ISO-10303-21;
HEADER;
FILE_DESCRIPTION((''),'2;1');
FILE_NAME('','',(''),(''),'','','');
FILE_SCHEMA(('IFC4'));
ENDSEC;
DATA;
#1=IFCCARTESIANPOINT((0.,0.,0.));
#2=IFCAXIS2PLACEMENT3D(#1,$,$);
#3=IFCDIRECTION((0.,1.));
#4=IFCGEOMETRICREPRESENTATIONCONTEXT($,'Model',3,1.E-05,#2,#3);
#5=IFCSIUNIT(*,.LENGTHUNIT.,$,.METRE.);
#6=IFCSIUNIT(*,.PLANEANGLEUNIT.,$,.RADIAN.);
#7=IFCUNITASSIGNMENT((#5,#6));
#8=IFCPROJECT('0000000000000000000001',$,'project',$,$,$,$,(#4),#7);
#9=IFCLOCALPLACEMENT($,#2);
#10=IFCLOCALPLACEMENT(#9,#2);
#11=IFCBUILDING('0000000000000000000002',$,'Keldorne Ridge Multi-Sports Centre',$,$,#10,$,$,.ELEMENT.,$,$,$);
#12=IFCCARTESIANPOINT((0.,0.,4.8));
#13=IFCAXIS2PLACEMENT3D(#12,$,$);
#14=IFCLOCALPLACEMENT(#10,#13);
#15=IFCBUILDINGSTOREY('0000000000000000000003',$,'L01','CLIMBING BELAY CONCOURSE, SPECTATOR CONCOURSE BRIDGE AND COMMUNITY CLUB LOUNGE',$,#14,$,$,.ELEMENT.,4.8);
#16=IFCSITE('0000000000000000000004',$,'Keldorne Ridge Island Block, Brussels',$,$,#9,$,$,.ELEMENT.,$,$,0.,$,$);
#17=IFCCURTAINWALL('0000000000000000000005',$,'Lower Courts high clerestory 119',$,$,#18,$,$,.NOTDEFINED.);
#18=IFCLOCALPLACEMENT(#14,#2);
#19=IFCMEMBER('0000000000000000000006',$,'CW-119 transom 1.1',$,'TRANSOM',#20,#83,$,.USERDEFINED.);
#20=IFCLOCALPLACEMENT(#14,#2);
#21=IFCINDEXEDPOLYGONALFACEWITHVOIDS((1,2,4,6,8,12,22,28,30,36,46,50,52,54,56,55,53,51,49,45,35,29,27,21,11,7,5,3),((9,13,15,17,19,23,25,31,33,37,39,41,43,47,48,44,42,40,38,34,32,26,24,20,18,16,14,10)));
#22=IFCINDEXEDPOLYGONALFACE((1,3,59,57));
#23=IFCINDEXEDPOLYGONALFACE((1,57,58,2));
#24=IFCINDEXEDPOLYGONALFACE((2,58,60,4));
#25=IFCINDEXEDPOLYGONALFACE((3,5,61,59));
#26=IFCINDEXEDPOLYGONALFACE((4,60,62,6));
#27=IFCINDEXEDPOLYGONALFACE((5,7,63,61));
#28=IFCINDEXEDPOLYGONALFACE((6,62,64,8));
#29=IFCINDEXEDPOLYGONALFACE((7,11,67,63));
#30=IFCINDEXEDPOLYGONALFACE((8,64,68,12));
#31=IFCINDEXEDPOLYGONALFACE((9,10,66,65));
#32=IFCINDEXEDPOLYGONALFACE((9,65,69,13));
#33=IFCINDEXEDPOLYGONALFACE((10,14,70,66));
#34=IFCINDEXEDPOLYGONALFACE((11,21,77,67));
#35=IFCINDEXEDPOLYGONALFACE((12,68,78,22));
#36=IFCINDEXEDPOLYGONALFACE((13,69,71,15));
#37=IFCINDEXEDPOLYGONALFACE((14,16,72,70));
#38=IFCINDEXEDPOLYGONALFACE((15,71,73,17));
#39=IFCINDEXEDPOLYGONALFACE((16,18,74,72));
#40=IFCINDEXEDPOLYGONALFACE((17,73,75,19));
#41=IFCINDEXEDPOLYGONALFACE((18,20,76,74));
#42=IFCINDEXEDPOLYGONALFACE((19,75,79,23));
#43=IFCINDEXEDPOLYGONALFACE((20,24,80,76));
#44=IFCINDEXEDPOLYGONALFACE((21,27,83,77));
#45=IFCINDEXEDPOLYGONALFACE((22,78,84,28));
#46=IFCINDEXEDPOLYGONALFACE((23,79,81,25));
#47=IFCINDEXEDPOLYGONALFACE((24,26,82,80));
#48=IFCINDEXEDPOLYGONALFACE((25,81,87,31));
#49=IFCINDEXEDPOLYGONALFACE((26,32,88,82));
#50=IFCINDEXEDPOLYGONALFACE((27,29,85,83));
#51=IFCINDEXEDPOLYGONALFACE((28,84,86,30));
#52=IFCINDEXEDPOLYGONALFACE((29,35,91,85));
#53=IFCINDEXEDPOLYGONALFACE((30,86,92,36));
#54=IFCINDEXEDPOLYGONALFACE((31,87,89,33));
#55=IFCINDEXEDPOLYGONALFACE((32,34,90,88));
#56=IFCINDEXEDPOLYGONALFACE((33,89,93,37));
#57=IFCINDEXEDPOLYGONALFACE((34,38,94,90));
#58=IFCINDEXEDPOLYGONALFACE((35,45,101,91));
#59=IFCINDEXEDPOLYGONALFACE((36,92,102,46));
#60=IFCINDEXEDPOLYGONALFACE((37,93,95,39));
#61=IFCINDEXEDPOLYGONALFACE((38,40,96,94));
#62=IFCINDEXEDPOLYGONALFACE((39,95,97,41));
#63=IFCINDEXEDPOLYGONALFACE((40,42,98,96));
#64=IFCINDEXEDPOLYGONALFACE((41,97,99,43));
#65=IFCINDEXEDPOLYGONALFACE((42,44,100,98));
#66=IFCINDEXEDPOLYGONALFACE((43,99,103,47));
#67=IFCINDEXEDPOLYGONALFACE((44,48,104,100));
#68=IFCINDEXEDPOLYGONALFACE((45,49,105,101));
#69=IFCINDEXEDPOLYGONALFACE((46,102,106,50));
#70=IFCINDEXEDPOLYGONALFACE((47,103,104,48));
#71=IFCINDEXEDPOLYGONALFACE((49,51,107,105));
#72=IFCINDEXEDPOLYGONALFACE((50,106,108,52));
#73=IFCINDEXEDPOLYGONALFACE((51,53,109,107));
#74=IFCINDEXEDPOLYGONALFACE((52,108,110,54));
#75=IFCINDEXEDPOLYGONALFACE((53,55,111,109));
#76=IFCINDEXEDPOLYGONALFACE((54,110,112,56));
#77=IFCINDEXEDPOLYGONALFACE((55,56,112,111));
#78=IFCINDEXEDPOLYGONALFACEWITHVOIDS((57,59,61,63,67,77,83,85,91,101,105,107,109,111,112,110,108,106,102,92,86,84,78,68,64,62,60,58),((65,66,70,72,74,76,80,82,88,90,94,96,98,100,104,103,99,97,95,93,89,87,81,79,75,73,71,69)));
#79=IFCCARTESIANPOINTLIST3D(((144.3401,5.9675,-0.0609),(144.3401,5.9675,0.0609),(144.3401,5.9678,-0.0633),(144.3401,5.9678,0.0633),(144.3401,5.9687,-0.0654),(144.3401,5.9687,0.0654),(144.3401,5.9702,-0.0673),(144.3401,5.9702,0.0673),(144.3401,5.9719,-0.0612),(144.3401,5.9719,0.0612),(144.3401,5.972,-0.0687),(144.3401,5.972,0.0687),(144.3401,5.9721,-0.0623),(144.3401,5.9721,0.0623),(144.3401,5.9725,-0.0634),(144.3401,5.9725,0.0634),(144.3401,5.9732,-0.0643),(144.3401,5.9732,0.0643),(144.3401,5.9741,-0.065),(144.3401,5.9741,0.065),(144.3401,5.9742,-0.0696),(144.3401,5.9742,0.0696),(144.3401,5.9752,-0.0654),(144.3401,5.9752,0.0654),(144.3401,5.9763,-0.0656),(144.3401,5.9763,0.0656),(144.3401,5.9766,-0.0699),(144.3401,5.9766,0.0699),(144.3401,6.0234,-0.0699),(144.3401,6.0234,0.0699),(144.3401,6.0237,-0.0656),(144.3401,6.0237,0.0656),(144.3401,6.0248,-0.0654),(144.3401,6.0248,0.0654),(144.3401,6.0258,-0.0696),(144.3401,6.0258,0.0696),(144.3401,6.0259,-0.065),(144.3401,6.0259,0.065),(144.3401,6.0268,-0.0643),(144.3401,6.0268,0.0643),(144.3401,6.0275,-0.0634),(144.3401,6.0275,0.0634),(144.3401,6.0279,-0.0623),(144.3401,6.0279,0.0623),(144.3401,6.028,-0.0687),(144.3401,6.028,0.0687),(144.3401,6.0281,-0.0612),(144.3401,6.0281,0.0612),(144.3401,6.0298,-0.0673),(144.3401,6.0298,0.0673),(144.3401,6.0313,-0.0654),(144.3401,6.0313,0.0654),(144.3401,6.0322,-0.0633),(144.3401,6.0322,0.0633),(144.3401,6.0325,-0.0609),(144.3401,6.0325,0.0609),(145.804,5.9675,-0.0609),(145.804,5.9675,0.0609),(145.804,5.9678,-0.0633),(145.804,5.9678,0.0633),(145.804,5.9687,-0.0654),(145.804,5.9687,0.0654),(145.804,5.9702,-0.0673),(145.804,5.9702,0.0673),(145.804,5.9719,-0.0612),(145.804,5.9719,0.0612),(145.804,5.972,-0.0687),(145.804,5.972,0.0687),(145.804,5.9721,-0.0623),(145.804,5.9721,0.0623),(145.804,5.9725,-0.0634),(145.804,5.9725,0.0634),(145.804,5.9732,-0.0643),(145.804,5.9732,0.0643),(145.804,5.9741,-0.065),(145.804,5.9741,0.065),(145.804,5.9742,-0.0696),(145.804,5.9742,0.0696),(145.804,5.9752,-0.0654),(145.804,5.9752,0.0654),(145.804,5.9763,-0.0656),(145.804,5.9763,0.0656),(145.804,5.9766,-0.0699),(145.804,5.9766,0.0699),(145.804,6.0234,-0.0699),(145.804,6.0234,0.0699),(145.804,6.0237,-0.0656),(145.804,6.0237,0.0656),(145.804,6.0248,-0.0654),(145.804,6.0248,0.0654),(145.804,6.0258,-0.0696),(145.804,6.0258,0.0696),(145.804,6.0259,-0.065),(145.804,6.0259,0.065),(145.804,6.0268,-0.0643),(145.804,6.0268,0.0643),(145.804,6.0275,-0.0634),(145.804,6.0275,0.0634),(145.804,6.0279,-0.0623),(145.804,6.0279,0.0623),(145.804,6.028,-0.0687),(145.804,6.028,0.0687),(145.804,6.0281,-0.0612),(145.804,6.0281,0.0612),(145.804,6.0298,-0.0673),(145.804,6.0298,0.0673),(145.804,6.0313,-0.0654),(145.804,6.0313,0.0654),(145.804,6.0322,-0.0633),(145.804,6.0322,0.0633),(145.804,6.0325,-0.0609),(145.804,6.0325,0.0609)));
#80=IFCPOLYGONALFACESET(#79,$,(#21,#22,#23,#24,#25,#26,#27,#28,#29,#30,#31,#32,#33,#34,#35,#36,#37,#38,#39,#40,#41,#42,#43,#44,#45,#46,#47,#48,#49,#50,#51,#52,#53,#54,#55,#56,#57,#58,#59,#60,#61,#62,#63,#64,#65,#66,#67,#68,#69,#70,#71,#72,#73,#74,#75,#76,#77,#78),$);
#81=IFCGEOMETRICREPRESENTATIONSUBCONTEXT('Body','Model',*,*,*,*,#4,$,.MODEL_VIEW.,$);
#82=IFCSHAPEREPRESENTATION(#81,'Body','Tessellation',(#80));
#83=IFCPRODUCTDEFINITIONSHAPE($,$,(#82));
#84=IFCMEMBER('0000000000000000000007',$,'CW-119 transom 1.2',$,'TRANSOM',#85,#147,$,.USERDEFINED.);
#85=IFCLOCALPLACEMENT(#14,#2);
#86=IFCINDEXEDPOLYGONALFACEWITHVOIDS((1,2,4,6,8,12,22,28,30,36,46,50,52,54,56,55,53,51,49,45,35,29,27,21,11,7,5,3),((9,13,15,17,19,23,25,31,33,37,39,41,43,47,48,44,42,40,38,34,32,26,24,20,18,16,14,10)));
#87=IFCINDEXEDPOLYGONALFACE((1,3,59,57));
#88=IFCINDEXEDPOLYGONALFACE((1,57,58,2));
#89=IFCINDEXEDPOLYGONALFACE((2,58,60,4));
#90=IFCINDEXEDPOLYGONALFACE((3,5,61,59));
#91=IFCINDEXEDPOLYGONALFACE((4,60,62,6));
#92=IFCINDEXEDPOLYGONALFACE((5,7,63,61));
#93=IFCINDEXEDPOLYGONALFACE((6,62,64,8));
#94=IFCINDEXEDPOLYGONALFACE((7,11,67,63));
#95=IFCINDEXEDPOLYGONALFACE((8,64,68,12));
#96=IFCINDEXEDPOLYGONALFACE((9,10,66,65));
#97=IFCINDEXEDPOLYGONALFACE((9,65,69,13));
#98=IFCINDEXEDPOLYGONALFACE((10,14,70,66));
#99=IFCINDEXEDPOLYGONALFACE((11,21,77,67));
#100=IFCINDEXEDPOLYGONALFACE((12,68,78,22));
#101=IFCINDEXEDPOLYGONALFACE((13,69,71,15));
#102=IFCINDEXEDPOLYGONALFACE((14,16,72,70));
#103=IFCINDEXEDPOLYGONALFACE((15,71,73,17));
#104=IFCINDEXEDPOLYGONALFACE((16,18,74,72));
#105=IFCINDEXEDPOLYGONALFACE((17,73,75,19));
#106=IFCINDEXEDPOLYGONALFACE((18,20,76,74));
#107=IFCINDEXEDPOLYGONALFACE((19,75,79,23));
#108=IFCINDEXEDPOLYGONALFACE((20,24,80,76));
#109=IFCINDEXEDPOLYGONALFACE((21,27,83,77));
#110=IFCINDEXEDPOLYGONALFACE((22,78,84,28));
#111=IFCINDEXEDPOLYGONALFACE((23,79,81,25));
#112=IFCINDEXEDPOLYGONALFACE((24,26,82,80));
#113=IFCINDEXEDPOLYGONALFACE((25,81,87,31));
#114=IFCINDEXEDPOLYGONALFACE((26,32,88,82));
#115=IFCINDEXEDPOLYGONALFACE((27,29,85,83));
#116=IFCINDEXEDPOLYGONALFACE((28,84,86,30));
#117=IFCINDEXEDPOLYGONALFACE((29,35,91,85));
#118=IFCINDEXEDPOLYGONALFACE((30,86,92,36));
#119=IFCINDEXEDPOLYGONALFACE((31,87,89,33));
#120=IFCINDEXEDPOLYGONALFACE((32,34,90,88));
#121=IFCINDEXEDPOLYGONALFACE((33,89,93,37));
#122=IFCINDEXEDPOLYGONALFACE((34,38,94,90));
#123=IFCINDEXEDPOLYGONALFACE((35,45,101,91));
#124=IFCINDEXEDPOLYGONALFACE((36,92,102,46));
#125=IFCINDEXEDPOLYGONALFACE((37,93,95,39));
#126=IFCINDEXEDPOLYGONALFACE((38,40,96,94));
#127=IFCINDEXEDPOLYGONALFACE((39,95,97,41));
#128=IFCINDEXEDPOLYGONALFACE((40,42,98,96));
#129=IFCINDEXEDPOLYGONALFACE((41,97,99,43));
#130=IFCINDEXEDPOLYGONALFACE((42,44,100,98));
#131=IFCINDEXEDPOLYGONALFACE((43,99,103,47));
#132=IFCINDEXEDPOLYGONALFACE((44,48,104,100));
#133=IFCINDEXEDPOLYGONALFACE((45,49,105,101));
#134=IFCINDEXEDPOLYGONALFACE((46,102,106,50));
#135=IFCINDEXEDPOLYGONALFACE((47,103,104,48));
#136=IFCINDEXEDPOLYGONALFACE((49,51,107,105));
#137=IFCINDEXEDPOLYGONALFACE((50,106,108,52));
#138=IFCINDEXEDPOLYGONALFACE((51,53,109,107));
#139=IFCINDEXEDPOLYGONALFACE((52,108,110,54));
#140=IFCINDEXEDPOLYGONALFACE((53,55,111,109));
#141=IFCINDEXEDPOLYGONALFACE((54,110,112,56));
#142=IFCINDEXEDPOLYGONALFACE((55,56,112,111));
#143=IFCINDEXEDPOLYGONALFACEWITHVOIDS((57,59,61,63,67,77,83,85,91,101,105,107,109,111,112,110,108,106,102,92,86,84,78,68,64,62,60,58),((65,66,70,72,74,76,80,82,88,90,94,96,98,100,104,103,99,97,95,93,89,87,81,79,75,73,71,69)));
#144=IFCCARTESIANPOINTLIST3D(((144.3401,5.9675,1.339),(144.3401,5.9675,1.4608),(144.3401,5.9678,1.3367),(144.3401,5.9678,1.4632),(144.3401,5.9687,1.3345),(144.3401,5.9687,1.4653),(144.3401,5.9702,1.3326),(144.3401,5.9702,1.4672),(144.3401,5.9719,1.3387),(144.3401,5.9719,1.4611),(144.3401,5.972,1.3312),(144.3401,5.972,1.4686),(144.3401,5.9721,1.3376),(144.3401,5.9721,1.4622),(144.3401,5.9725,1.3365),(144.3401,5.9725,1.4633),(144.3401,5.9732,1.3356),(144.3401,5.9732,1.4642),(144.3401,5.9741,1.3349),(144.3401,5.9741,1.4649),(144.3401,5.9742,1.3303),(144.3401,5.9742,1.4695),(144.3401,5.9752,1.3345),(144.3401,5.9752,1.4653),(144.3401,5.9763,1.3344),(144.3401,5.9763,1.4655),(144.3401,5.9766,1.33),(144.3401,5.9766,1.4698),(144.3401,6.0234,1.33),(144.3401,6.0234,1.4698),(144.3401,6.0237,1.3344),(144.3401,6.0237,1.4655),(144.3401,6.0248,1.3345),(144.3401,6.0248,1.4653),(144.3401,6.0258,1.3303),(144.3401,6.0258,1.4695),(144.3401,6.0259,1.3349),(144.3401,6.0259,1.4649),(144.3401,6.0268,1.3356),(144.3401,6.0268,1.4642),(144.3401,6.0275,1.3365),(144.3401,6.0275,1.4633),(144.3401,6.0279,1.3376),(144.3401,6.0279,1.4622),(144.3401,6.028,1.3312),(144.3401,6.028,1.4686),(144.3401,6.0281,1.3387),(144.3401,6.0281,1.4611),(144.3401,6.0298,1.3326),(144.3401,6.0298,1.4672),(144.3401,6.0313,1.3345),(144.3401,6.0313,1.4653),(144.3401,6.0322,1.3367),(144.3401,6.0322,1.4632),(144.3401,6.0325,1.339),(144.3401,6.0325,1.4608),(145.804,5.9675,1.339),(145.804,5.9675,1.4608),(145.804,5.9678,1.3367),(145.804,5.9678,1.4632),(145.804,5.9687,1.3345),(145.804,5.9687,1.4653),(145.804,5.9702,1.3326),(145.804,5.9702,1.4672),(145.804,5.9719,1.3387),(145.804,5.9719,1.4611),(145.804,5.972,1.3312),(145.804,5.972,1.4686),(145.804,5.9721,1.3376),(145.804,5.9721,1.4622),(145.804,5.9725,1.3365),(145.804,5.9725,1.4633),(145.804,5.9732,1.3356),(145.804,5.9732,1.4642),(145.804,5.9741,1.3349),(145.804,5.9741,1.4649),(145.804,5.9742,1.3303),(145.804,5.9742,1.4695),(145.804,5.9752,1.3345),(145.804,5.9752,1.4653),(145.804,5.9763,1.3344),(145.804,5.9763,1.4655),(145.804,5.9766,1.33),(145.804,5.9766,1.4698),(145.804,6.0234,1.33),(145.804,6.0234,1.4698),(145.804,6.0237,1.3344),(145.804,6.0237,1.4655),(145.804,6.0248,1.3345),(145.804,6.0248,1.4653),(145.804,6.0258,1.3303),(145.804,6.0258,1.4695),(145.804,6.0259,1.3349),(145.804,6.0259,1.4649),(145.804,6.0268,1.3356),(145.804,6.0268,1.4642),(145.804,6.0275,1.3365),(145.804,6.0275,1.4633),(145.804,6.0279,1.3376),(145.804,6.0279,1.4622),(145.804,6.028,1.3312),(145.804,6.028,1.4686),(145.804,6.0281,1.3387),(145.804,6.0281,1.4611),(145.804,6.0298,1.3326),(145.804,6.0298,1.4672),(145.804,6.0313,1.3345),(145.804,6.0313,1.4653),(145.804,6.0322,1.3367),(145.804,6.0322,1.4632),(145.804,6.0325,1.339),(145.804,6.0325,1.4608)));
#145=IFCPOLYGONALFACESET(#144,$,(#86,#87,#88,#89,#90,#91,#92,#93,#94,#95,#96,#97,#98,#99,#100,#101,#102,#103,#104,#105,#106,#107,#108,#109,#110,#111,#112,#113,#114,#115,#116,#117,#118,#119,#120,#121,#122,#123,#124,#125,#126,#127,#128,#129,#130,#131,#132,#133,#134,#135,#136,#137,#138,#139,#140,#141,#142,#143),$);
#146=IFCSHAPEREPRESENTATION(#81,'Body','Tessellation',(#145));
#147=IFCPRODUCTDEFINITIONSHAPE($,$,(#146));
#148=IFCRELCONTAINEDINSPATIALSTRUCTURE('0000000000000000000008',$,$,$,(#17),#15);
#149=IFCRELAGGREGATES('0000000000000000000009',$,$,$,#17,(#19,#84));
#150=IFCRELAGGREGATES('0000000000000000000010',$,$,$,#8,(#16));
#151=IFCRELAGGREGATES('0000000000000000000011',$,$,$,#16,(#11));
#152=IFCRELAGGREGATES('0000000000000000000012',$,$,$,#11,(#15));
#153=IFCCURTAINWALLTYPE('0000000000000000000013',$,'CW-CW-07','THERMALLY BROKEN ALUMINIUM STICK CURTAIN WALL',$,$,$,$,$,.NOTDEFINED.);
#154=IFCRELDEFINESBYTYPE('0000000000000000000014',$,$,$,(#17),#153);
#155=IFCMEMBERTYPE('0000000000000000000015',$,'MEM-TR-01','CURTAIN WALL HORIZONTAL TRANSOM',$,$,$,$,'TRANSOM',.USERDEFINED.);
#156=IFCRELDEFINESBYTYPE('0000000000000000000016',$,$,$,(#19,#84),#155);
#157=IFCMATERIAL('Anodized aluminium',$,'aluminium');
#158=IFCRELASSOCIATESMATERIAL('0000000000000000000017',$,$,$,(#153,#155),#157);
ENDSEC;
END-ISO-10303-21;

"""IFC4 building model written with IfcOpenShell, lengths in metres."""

from ifc_helpers import new_model, si_unit, direction, frame, origin, origin_2d, place, context, subcontext, project, spatial, hollow_rectangle, extrude, material, material_profile, profile_set, type_object, element, aggregate, save


model = new_model("IFC4")

# Units and contexts
model_context = context("Model", 3, precision=1e-05, world=origin(), true_north=direction((0.0, 1.0)))
body_context = subcontext(model_context, "Body", "Model", "MODEL_VIEW")
ifc_project = project(units=[si_unit("LENGTHUNIT", "METRE"), si_unit("PLANEANGLEUNIT", "RADIAN")], contexts=[model_context])

# Site, building, storey
site_placement = place(None, origin())
site = spatial("IfcSite", under=ifc_project, at=site_placement, Name="Keldorne Ridge Island Block, Brussels", CompositionType="ELEMENT", RefElevation=0.0)
building_placement = place(site_placement, origin())
building = spatial("IfcBuilding", under=site, at=building_placement, Name="Keldorne Ridge Multi-Sports Centre", CompositionType="ELEMENT")
storey_placement = place(building_placement, frame((0.0, 0.0, 4.8)))
storey = spatial("IfcBuildingStorey", under=building, at=storey_placement, Name="L01", Description="CLIMBING BELAY CONCOURSE, SPECTATOR CONCOURSE BRIDGE AND COMMUNITY CLUB LOUNGE", CompositionType="ELEMENT", Elevation=4.8)

# Curtain wall, members
ifc_material_1 = material(Name="Anodized aluminium", Category="aluminium")
curtain_wall_type = type_object("IfcCurtainWallType", Name="CW-CW-07", Description="THERMALLY BROKEN ALUMINIUM STICK CURTAIN WALL", PredefinedType="NOTDEFINED", material=ifc_material_1)
curtain_wall_placement = place(storey_placement, origin())
curtain_wall = element("IfcCurtainWall", 1, at=curtain_wall_placement, inside=storey, type_object=curtain_wall_type, Name="Lower Courts high clerestory 119", PredefinedType="NOTDEFINED")
ifc_material_profile_1 = material_profile(ifc_material_1, hollow_rectangle(XDim=0.0649, YDim=0.1399, WallThickness=0.0044, InnerFilletRadius=0.0044, OuterFilletRadius=0.009, at=origin_2d()), Name="ALU TRANSOM 140x65x4.5")
ifc_profile_set_1 = profile_set([ifc_material_profile_1], Name="Anodized aluminium")
member_type_1 = type_object("IfcMemberType", Name="MEM-TR-01", Description="CURTAIN WALL HORIZONTAL TRANSOM", ElementType="TRANSOM", PredefinedType="USERDEFINED", material=ifc_profile_set_1)
member_1_placement = place(storey_placement, frame((144.3401, 6.0, 0.0), z_axis=(1.0, 0.0, 0.0), x_axis=(0.0, 1.0, 0.0)))
member_1 = element("IfcMember", 2, at=member_1_placement, type_object=member_type_1, Name="CW-119 transom 1.1", ObjectType="TRANSOM", PredefinedType="USERDEFINED", context=body_context, shape_type="SweptSolid", body=[
    extrude(hollow_rectangle(XDim=0.0649, YDim=0.1399, WallThickness=0.0044, InnerFilletRadius=0.0044, OuterFilletRadius=0.009, at=origin_2d()), origin(), (0.0, 0.0, 1.0), 1.4639),
])
member_2_placement = place(storey_placement, frame((144.3401, 6.0, 1.3999), z_axis=(1.0, 0.0, 0.0), x_axis=(0.0, 1.0, 0.0)))
member_2 = element("IfcMember", 3, at=member_2_placement, type_object=member_type_1, Name="CW-119 transom 1.2", ObjectType="TRANSOM", PredefinedType="USERDEFINED", context=body_context, shape_type="SweptSolid", body=[
    extrude(hollow_rectangle(XDim=0.0649, YDim=0.1399, WallThickness=0.0044, InnerFilletRadius=0.0044, OuterFilletRadius=0.009, at=origin_2d()), origin(), (0.0, 0.0, 1.0), 1.4639),
])
aggregate(curtain_wall, [member_1, member_2])

save(model, "model.ifc")
